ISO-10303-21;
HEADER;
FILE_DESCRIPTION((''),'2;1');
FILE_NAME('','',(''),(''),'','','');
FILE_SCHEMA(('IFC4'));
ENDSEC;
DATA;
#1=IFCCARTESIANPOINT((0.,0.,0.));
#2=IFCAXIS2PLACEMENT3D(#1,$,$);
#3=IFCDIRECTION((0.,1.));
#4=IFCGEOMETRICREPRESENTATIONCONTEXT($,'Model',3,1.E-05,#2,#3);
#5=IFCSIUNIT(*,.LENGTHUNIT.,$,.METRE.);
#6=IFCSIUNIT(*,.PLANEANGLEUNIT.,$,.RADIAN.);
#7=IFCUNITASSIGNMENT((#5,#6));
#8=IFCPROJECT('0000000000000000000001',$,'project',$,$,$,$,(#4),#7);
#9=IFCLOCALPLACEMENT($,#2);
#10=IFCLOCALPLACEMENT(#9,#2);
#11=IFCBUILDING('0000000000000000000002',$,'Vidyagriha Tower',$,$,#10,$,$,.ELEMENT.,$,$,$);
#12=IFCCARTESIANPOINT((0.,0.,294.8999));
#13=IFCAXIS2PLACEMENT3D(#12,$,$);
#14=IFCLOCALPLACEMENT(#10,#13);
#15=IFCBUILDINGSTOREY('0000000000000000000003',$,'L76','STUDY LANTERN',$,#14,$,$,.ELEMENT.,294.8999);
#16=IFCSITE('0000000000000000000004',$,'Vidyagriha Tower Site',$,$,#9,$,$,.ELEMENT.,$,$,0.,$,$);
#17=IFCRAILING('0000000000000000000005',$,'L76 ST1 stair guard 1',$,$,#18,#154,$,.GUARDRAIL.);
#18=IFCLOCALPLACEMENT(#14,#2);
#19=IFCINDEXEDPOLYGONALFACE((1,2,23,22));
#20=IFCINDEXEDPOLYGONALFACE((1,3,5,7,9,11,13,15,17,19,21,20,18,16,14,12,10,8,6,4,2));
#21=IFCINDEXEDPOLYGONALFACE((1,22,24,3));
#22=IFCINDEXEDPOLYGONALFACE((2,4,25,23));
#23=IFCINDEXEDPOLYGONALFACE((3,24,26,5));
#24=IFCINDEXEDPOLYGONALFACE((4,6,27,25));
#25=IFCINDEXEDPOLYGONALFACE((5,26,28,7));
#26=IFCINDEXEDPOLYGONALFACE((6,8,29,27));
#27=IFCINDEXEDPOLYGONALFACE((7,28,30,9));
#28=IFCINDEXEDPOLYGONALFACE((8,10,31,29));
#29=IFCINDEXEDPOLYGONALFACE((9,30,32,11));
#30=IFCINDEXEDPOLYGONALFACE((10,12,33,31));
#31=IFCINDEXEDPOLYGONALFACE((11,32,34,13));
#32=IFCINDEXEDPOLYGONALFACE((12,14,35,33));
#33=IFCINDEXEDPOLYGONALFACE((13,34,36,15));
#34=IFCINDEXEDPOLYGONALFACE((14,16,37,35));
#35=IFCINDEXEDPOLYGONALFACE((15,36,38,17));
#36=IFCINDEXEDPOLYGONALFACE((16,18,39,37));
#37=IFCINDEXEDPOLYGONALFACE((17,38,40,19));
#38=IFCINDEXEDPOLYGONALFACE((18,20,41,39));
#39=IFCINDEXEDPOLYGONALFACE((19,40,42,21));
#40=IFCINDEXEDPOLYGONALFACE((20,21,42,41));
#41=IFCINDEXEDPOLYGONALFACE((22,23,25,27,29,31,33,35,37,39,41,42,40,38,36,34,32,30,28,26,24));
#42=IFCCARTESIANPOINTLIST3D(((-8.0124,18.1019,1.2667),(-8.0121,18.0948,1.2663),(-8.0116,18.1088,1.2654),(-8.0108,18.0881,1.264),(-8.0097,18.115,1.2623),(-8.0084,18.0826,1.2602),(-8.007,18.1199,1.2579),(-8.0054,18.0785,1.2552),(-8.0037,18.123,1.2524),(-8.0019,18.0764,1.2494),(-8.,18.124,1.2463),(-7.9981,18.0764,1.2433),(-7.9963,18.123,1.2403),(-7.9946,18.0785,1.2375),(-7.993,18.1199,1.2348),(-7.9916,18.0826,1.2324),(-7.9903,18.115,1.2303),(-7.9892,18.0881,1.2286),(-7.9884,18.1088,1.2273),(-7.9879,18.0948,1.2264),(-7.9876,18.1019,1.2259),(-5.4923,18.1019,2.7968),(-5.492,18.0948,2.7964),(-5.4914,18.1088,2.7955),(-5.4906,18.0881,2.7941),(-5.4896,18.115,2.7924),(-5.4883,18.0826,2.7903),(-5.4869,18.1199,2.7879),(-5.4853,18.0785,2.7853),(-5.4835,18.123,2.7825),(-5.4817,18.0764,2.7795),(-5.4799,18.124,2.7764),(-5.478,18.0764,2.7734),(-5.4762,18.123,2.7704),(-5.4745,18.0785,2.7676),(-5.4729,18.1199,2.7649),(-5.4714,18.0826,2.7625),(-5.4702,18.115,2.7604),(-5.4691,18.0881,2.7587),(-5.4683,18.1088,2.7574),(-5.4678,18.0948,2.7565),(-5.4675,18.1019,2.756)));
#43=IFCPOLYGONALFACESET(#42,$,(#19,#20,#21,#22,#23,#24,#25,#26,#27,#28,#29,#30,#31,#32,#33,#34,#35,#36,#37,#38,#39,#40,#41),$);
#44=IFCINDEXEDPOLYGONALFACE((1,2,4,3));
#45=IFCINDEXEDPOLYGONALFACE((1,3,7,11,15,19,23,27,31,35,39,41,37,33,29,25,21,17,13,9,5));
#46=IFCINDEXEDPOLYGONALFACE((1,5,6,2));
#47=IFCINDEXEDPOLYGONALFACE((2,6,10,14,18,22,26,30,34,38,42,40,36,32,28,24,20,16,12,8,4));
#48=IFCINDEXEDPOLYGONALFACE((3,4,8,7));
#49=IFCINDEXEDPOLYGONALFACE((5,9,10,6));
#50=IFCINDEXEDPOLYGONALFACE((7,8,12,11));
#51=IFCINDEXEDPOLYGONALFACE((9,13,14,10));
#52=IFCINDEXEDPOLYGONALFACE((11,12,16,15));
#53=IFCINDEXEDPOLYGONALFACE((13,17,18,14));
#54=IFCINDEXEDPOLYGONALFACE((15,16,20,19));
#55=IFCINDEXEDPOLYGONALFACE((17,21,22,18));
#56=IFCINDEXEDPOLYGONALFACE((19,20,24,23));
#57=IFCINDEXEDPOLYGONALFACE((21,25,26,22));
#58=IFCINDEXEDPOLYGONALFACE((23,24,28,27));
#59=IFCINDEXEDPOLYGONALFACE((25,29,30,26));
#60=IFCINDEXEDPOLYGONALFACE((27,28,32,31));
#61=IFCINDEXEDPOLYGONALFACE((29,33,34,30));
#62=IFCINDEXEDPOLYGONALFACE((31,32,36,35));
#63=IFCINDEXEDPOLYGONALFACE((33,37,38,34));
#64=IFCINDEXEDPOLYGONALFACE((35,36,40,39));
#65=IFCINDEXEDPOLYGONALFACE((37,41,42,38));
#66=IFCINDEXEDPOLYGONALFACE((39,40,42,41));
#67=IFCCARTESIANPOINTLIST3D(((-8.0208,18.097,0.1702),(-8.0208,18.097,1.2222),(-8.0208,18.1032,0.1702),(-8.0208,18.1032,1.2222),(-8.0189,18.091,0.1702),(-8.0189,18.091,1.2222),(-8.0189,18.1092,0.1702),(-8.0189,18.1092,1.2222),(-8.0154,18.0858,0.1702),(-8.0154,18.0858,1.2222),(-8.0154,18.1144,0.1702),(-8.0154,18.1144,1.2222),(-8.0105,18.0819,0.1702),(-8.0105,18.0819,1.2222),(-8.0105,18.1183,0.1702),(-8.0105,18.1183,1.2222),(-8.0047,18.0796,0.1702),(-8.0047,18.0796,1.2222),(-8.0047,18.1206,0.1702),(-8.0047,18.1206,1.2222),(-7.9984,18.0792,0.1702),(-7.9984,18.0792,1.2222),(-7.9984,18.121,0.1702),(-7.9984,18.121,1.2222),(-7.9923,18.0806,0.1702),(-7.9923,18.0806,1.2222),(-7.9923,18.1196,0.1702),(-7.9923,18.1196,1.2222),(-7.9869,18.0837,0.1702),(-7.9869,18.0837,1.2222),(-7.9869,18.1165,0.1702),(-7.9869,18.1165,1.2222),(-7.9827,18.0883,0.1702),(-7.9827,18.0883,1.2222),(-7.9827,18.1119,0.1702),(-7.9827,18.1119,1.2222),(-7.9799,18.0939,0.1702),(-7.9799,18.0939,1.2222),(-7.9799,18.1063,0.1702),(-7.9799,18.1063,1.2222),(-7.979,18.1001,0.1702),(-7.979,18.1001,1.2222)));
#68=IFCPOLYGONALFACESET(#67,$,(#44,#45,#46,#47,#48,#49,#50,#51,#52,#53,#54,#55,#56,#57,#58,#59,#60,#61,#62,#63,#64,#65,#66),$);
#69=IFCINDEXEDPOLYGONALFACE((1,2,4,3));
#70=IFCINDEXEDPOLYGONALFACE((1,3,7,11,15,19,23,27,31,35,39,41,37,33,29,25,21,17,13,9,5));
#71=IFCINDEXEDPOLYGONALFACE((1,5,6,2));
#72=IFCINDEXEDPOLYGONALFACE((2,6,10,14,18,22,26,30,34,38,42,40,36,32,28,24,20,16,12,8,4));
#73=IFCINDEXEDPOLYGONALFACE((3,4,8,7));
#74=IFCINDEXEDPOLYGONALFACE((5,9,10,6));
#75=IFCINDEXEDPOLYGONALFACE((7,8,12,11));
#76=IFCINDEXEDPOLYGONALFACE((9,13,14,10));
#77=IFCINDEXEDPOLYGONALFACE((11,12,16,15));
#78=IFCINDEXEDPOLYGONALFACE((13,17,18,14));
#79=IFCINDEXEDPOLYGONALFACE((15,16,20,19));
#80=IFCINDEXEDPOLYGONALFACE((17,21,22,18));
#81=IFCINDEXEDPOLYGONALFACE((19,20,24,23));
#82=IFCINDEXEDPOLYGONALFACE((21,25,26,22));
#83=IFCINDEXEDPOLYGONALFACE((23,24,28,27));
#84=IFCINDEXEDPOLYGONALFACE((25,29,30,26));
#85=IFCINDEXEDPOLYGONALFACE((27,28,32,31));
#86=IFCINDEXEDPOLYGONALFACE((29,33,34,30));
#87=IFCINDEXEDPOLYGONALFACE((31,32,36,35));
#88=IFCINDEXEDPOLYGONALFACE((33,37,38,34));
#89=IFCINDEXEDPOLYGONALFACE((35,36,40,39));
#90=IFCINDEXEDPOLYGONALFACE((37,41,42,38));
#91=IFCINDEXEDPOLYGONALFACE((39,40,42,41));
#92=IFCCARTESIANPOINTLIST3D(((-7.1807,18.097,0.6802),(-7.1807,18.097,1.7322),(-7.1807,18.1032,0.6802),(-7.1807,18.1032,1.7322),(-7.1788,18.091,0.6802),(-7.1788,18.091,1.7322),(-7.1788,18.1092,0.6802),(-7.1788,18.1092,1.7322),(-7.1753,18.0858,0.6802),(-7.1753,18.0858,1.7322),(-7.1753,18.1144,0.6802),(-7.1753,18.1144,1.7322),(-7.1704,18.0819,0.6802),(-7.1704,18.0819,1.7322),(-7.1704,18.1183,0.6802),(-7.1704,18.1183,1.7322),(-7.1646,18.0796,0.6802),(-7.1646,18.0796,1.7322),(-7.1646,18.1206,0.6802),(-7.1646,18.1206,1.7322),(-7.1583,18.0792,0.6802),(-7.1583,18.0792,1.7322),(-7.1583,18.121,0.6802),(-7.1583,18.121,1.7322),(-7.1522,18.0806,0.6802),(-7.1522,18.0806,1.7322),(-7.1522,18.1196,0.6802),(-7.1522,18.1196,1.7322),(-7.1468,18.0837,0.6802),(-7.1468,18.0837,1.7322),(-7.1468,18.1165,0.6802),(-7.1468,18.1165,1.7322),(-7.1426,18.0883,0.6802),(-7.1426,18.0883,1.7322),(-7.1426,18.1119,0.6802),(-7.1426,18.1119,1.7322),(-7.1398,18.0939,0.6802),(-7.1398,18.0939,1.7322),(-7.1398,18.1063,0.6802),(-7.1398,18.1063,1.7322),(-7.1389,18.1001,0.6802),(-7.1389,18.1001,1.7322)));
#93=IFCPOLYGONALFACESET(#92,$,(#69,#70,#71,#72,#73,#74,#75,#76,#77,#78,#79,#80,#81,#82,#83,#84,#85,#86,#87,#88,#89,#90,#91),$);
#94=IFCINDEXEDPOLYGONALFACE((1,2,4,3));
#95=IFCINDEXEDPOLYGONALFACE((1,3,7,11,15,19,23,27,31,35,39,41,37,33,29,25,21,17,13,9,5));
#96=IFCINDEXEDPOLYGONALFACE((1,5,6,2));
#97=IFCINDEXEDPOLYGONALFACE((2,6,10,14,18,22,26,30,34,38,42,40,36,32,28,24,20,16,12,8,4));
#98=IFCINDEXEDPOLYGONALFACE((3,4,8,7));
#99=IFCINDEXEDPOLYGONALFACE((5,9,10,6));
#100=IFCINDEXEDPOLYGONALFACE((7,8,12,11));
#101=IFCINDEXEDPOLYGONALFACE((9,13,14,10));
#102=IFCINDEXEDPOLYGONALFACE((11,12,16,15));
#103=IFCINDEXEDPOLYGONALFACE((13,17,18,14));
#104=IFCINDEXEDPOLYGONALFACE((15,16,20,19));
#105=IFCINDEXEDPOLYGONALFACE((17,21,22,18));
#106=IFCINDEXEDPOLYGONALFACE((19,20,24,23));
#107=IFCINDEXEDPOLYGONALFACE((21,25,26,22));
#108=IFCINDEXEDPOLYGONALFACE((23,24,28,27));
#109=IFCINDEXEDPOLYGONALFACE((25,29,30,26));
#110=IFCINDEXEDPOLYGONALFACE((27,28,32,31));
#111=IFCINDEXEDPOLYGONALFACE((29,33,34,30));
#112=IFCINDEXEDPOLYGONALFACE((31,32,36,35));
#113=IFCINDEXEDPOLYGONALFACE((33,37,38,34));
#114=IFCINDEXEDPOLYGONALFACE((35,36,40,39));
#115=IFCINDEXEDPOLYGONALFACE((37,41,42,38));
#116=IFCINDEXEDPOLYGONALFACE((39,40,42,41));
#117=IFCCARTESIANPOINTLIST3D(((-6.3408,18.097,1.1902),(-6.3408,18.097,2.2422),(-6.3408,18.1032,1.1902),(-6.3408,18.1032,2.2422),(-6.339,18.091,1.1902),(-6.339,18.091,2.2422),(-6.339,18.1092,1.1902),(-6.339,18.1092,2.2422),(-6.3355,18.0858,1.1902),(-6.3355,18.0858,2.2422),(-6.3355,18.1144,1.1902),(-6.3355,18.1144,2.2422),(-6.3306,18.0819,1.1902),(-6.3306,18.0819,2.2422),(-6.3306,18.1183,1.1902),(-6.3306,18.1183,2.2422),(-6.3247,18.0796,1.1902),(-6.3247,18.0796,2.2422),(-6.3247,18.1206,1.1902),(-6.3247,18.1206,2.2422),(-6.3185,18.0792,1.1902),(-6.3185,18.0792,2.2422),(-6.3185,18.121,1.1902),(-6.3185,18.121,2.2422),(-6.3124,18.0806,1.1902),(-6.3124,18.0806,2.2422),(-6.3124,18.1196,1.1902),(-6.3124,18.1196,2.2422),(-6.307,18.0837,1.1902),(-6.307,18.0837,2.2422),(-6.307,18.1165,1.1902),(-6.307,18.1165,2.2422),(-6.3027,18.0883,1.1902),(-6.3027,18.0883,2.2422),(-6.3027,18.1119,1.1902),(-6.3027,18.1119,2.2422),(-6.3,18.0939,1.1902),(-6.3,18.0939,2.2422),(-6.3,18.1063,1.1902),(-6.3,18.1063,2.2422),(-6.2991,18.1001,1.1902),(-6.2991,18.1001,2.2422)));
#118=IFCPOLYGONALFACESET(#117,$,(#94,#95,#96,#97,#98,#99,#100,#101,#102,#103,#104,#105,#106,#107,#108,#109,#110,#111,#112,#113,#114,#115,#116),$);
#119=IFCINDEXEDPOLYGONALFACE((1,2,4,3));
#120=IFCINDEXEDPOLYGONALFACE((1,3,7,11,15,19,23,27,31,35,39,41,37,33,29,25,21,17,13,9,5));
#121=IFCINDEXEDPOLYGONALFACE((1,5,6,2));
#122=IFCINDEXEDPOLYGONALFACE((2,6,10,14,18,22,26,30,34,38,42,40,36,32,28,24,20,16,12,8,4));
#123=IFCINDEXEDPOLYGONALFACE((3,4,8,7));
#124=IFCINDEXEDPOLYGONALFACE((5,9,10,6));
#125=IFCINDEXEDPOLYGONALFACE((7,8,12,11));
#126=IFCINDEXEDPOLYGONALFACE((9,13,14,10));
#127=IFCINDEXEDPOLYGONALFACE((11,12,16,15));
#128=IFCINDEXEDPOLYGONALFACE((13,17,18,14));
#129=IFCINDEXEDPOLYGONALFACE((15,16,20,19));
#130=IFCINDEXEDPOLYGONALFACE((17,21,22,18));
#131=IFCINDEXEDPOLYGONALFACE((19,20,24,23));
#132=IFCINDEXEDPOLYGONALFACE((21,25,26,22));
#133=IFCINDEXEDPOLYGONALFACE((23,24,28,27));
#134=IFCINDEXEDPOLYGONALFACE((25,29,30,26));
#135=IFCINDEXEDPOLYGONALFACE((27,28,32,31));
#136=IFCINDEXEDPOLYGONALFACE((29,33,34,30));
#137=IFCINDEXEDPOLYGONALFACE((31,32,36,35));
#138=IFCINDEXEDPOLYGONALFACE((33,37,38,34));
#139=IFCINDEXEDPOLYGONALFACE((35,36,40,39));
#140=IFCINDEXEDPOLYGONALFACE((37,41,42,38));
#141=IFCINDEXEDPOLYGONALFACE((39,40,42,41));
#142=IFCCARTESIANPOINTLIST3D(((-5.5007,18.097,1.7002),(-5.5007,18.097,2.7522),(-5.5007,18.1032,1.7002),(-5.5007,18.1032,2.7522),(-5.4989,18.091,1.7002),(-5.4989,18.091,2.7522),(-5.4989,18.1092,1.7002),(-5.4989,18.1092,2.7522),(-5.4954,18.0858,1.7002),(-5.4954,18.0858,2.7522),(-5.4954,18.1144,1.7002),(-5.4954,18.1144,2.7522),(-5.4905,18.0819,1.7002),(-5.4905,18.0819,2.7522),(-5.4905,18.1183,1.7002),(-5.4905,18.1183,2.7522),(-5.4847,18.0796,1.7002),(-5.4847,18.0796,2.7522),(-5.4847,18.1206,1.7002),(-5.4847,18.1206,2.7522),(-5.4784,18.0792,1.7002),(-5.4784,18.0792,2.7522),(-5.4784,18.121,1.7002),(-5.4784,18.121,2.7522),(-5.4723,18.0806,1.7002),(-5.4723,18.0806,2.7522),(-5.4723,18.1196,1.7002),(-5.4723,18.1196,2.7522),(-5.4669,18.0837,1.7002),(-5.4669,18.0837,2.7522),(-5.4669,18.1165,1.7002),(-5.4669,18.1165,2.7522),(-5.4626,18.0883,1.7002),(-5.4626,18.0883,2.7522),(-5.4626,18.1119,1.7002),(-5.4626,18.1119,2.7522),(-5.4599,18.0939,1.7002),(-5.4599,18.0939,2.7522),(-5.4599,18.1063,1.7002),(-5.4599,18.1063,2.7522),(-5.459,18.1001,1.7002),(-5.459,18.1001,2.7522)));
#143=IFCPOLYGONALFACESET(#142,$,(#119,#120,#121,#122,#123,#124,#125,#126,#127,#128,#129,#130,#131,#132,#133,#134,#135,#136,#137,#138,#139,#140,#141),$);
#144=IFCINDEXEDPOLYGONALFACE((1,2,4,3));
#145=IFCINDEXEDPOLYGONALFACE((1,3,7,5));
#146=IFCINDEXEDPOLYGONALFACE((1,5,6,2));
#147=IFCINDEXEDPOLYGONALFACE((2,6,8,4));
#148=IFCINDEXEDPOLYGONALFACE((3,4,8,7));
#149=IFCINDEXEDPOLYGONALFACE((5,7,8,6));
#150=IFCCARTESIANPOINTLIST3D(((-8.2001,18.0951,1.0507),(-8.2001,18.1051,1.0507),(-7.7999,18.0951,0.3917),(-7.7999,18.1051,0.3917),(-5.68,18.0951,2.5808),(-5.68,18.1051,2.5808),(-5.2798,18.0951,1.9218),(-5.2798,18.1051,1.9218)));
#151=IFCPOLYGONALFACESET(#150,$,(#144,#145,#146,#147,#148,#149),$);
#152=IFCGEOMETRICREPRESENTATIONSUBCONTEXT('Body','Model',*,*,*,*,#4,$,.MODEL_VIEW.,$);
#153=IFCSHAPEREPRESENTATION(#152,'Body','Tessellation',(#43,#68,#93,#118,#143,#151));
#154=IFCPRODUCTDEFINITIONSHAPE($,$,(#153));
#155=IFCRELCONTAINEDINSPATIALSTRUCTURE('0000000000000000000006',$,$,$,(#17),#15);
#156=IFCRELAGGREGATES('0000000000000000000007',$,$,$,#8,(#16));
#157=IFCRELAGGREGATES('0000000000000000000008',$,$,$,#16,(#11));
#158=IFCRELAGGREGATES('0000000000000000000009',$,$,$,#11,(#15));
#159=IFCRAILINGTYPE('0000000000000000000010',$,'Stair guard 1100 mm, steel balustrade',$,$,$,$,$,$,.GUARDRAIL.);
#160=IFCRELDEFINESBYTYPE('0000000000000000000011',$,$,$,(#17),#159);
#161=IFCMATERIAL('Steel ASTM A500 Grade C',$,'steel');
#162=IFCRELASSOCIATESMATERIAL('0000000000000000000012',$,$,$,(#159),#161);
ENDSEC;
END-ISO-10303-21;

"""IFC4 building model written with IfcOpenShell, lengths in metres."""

from ifc_helpers import new_model, si_unit, direction, frame, origin, origin_2d, place, context, subcontext, project, spatial, rectangle, circle, extrude, material, type_object, element, save


model = new_model("IFC4")

# Units and contexts
model_context = context("Model", 3, precision=1e-05, world=origin(), true_north=direction((0.0, 1.0)))
body_context = subcontext(model_context, "Body", "Model", "MODEL_VIEW")
ifc_project = project(units=[si_unit("LENGTHUNIT", "METRE"), si_unit("PLANEANGLEUNIT", "RADIAN")], contexts=[model_context])

# Site, building, storey
site_placement = place(None, origin())
site = spatial("IfcSite", under=ifc_project, at=site_placement, Name="Vidyagriha Tower Site", CompositionType="ELEMENT", RefElevation=0.0)
building_placement = place(site_placement, origin())
building = spatial("IfcBuilding", under=site, at=building_placement, Name="Vidyagriha Tower", CompositionType="ELEMENT")
storey_placement = place(building_placement, frame((0.0, 0.0, 294.8999)))
storey = spatial("IfcBuildingStorey", under=building, at=storey_placement, Name="L76", Description="STUDY LANTERN", CompositionType="ELEMENT", Elevation=294.8999)

# Railing
ifc_material_1 = material(Name="Steel ASTM A500 Grade C", Category="steel")
railing_type_1 = type_object("IfcRailingType", Name="Stair guard 1100 mm, steel balustrade", PredefinedType="GUARDRAIL", material=ifc_material_1)
railing_1_placement = place(storey_placement, frame((-8.0, 18.1001, 0.1702)))
element("IfcRailing", 1, at=railing_1_placement, inside=storey, type_object=railing_type_1, Name="L76 ST1 stair guard 1", PredefinedType="GUARDRAIL", context=body_context, shape_type="SweptSolid", body=[
    extrude(circle(Radius=0.0239, at=origin_2d()), frame((0.0, 0.0, 1.0762), z_axis=(0.854785, 0.0, 0.518982), x_axis=(0.0, 1.0, 0.0)), (0.0, 0.0, 1.0), 2.9482),
    extrude(circle(Radius=0.021, at=origin_2d()), origin(), (0.0, 0.0, 1.0), 1.052),
    extrude(circle(Radius=0.021, at=origin_2d()), frame((0.8401, 0.0, 0.51)), (0.0, 0.0, 1.0), 1.052),
    extrude(circle(Radius=0.021, at=origin_2d()), frame((1.6799, 0.0, 1.02)), (0.0, 0.0, 1.0), 1.052),
    extrude(circle(Radius=0.021, at=origin_2d()), frame((2.52, 0.0, 1.53)), (0.0, 0.0, 1.0), 1.052),
    extrude(rectangle(XDim=0.01, YDim=0.771, at=origin_2d()), frame((0.0, 0.0, 0.551), z_axis=(0.854785, 0.0, 0.518982), x_axis=(0.0, 1.0, 0.0)), (0.0, 0.0, 1.0), 2.9482),
])

save(model, "model.ifc")
